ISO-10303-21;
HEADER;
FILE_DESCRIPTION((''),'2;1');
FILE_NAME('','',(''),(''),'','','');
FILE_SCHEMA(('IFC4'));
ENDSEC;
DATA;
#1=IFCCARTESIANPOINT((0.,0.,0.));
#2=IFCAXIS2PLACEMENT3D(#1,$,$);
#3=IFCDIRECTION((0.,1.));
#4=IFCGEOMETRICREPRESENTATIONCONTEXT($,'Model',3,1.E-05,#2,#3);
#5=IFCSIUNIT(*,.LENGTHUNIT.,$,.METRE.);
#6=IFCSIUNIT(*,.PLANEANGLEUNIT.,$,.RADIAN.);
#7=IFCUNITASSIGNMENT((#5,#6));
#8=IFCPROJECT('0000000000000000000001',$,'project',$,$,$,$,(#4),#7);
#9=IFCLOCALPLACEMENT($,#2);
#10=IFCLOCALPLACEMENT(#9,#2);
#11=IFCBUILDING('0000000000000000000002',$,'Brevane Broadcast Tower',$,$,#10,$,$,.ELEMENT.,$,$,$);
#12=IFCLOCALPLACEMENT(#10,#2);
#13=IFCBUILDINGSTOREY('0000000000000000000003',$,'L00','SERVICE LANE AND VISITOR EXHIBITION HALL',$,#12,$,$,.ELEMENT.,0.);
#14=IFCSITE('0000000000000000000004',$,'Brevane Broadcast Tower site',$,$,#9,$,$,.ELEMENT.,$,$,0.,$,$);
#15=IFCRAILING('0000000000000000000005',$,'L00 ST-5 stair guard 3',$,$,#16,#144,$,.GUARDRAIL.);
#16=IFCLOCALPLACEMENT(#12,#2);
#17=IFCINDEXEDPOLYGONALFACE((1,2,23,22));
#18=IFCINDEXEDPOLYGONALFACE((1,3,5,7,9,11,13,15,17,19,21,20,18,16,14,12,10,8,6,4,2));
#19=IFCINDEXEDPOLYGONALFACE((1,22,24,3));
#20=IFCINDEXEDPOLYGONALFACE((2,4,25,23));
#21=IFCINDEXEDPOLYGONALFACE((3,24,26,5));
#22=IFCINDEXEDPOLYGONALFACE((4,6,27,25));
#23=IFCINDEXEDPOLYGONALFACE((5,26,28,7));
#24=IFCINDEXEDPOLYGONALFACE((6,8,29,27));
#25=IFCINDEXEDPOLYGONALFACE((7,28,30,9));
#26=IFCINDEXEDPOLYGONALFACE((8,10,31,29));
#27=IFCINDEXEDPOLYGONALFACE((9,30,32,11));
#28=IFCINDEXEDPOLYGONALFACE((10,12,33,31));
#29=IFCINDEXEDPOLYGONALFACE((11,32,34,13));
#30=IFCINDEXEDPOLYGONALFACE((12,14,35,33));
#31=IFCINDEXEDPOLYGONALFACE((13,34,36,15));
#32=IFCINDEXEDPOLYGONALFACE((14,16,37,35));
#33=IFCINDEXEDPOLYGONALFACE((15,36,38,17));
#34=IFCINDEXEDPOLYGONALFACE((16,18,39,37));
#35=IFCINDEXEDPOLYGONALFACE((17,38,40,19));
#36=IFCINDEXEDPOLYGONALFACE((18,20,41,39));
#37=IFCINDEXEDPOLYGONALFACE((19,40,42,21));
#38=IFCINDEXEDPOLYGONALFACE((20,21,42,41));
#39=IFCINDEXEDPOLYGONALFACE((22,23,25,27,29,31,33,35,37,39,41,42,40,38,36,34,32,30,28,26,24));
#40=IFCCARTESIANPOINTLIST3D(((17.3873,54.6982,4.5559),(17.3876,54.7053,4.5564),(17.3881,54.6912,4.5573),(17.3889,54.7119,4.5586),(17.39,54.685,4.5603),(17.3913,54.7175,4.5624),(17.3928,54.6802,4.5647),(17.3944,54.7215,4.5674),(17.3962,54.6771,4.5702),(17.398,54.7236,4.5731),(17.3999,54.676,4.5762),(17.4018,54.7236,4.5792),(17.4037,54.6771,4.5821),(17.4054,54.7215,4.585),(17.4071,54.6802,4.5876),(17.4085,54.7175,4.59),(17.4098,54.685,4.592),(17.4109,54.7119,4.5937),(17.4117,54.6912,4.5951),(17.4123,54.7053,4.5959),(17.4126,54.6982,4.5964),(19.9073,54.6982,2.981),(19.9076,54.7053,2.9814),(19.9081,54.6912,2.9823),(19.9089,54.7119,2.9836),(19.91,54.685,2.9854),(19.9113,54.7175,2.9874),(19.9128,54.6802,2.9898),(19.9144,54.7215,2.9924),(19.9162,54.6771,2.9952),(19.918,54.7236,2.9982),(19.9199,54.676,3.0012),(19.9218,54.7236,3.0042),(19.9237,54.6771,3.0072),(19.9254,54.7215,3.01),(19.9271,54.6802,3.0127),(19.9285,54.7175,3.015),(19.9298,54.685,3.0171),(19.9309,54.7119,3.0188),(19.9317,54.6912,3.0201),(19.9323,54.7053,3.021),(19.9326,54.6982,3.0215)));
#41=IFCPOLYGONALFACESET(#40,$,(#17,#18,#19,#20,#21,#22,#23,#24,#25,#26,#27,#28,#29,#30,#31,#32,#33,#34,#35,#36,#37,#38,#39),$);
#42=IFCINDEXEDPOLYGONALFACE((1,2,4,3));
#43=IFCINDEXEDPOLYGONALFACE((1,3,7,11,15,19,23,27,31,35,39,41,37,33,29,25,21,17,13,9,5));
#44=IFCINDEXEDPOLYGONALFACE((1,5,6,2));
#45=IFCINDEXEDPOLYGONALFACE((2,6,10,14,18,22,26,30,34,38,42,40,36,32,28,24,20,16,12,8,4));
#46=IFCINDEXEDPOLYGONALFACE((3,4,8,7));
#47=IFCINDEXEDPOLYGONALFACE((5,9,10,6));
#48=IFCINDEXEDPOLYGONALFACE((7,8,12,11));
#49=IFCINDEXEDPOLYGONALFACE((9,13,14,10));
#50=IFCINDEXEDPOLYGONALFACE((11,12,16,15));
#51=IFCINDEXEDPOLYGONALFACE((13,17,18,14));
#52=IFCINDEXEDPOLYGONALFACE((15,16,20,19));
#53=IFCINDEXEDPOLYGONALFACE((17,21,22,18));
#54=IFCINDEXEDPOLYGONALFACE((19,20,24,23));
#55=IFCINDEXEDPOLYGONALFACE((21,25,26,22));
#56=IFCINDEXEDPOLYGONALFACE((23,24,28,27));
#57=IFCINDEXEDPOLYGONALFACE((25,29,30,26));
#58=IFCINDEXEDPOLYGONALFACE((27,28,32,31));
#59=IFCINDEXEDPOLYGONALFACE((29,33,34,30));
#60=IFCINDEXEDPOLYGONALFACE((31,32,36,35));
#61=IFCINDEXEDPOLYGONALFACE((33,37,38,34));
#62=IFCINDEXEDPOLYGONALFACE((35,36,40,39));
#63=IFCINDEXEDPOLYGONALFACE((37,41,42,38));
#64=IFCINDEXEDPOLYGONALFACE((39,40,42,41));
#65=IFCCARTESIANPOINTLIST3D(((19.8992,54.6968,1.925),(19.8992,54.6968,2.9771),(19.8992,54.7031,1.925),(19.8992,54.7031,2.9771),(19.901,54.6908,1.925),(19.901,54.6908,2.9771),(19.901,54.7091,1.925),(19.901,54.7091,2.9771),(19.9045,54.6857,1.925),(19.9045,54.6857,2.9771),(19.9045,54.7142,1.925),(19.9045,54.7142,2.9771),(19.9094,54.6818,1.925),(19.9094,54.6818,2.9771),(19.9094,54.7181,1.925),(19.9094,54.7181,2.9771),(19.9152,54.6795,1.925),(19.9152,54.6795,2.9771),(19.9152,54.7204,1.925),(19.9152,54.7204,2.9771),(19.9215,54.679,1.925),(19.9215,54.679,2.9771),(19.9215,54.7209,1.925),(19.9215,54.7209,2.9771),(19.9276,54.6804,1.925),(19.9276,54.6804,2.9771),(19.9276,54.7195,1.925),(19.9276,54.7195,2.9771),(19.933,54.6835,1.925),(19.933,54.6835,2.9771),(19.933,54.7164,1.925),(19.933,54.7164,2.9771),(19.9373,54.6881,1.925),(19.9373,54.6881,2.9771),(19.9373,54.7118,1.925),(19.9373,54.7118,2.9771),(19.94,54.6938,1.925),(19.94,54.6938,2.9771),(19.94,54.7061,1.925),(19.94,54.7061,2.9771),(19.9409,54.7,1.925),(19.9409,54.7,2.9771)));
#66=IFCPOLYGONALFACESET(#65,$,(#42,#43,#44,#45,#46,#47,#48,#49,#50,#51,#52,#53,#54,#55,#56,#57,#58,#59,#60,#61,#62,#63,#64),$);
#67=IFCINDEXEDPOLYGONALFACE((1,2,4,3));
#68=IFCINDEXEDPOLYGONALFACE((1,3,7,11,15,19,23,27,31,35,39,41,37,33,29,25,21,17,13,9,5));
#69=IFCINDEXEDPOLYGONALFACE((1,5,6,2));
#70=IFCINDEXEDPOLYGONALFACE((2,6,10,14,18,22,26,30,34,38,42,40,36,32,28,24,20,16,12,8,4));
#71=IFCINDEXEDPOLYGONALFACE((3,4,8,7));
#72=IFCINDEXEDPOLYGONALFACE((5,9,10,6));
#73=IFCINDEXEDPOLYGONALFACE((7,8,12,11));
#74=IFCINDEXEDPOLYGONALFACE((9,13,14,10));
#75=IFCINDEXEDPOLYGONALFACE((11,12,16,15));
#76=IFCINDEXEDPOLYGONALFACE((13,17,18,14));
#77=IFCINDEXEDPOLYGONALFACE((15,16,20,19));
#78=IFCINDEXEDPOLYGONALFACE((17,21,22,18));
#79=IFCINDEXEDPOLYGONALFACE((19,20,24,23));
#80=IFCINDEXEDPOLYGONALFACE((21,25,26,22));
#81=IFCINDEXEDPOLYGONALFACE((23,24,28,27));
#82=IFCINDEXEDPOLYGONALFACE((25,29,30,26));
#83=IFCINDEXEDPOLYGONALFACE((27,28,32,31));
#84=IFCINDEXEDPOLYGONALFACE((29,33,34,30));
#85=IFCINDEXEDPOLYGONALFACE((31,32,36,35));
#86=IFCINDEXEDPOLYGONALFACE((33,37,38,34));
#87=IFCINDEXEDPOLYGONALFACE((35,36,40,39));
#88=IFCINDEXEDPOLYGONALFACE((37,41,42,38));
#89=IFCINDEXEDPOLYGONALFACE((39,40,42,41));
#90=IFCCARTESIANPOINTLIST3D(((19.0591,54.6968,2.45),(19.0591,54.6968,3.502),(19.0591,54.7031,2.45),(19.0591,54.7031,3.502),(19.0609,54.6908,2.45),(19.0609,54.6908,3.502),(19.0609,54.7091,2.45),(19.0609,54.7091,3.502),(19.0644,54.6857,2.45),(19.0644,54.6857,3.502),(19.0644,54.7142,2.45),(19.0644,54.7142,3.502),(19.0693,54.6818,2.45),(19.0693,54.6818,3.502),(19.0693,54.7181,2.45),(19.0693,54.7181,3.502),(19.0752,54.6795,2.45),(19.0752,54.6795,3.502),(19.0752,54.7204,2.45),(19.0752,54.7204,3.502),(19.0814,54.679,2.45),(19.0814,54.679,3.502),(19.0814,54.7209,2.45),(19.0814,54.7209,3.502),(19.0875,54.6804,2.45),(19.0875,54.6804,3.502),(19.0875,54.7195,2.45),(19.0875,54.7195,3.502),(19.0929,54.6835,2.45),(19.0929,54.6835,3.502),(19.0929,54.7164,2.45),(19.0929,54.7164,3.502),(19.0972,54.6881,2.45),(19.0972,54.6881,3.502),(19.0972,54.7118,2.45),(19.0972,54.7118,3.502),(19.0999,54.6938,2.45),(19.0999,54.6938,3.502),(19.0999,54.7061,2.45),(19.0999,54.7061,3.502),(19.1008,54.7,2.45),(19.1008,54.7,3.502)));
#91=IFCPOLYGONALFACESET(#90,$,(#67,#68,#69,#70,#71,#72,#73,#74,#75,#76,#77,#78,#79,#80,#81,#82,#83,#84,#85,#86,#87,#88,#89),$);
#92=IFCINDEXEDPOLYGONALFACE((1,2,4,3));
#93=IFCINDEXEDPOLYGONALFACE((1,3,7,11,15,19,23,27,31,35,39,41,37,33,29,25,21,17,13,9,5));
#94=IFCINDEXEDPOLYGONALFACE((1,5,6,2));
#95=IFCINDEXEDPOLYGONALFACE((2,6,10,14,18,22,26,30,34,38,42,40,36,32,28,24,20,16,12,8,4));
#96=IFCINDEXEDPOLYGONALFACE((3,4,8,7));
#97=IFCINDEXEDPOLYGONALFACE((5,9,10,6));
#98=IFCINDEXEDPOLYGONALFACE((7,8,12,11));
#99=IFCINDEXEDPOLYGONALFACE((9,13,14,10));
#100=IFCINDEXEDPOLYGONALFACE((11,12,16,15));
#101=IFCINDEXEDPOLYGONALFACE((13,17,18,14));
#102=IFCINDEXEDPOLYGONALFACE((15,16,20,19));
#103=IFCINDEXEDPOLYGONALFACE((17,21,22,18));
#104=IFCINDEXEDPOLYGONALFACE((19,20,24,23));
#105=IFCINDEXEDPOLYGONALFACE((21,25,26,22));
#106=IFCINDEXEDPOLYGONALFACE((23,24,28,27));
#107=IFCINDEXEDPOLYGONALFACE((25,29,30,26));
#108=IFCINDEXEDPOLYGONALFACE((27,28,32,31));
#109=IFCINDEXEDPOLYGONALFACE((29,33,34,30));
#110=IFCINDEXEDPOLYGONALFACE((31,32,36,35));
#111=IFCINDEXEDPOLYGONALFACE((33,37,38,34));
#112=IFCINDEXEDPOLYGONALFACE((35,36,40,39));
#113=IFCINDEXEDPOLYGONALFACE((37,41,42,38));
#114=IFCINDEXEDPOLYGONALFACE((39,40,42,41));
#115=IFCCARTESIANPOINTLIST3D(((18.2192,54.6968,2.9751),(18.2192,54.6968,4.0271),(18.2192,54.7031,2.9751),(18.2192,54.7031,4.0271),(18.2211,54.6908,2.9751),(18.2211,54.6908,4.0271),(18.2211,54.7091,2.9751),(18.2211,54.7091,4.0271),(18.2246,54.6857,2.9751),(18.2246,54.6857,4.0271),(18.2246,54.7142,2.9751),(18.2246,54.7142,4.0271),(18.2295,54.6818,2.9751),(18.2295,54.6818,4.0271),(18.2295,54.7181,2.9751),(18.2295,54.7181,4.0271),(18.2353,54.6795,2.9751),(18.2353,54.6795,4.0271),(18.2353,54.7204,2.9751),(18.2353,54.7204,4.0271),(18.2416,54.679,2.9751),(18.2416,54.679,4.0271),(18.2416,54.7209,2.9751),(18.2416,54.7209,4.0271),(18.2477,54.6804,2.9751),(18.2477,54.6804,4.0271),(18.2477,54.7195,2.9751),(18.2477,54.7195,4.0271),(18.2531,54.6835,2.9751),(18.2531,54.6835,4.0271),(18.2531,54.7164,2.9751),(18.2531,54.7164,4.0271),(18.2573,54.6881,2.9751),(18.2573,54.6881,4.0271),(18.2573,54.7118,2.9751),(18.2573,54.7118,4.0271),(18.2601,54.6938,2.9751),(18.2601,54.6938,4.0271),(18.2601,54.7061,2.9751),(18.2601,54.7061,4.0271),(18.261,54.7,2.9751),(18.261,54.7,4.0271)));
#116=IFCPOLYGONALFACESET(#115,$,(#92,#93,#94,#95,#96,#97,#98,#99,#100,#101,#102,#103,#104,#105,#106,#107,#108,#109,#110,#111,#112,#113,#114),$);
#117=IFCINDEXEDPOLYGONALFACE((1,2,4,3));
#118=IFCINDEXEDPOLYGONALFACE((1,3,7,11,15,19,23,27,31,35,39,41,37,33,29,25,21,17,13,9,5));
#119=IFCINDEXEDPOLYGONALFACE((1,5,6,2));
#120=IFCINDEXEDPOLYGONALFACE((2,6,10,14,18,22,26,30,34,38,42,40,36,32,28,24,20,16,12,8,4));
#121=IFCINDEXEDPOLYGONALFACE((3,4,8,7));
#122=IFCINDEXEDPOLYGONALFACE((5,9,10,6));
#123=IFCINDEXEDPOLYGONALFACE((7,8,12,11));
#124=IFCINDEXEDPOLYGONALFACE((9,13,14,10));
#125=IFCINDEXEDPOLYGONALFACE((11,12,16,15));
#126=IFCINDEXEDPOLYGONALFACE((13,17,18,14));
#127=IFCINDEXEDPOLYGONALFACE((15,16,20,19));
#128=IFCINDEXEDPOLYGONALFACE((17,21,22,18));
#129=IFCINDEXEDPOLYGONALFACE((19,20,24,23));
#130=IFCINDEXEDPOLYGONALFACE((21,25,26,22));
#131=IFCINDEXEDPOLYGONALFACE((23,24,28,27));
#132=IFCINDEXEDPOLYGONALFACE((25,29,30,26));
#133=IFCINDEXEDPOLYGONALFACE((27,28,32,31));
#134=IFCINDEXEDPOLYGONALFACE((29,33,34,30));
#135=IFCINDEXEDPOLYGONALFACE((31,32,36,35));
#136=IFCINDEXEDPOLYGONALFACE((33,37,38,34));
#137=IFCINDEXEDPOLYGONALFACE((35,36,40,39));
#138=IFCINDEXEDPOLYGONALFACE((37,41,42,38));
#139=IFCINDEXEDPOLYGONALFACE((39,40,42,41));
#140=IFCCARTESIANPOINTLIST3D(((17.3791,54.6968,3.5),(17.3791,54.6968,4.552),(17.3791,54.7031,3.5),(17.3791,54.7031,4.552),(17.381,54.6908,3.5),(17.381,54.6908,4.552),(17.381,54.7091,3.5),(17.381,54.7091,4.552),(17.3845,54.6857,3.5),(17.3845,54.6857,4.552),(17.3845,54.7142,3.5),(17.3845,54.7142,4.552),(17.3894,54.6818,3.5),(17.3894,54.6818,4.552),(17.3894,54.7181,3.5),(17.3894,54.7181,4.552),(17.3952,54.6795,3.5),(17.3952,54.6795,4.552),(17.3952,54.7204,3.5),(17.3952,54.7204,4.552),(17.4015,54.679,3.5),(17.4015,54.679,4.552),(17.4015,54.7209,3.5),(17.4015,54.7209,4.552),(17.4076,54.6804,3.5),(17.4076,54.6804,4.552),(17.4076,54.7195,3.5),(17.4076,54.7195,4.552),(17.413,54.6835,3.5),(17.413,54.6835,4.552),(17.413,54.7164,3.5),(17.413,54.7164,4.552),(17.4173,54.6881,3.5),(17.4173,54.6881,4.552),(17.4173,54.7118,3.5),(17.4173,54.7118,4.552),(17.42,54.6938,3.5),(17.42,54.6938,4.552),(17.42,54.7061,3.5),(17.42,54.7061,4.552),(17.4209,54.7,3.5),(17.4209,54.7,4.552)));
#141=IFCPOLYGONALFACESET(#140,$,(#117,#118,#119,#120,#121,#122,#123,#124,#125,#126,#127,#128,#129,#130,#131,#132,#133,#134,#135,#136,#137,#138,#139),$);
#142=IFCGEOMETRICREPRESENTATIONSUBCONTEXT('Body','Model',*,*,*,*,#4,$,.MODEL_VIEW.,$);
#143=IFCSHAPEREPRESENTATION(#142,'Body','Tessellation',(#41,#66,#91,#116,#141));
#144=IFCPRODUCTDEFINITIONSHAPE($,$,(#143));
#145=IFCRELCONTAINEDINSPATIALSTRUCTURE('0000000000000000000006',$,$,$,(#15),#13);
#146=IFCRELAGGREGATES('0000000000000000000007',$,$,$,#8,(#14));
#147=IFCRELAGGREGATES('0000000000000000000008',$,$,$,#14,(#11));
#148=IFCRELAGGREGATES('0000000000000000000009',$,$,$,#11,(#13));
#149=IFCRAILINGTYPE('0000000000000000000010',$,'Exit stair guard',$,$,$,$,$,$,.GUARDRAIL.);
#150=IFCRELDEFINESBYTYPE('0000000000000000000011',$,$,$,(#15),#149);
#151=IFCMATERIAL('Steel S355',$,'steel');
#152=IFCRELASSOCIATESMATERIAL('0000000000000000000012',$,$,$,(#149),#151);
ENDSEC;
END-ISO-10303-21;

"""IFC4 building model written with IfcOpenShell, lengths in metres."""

from ifc_helpers import new_model, si_unit, direction, frame, origin, origin_2d, place, context, subcontext, project, spatial, circle, extrude, material, type_object, element, save


model = new_model("IFC4")

# Units and contexts
model_context = context("Model", 3, precision=1e-05, world=origin(), true_north=direction((0.0, 1.0)))
body_context = subcontext(model_context, "Body", "Model", "MODEL_VIEW")
ifc_project = project(units=[si_unit("LENGTHUNIT", "METRE"), si_unit("PLANEANGLEUNIT", "RADIAN")], contexts=[model_context])

# Site, building, storey
site_placement = place(None, origin())
site = spatial("IfcSite", under=ifc_project, at=site_placement, Name="Brevane Broadcast Tower site", CompositionType="ELEMENT", RefElevation=0.0)
building_placement = place(site_placement, origin())
building = spatial("IfcBuilding", under=site, at=building_placement, Name="Brevane Broadcast Tower", CompositionType="ELEMENT")
storey_placement = place(building_placement, origin())
storey = spatial("IfcBuildingStorey", under=building, at=storey_placement, Name="L00", Description="SERVICE LANE AND VISITOR EXHIBITION HALL", CompositionType="ELEMENT", Elevation=0.0)

# Railing
ifc_material_1 = material(Name="Steel S355", Category="steel")
railing_type_1 = type_object("IfcRailingType", Name="Exit stair guard", PredefinedType="GUARDRAIL", material=ifc_material_1)
railing_1_placement = place(storey_placement, frame((19.9199, 54.7, 1.925)))
element("IfcRailing", 1, at=railing_1_placement, inside=storey, type_object=railing_type_1, Name="L00 ST-5 stair guard 3", PredefinedType="GUARDRAIL", context=body_context, shape_type="SweptSolid", body=[
    extrude(circle(Radius=0.0239, at=origin_2d()), frame((0.0, 0.0, 1.0762), z_axis=(-0.848008, 0.0, 0.529984), x_axis=(0.0, -1.0, 0.0)), (0.0, 0.0, 1.0), 2.9717),
    extrude(circle(Radius=0.021, at=origin_2d()), origin(), (0.0, 0.0, 1.0), 1.052),
    extrude(circle(Radius=0.021, at=origin_2d()), frame((-0.8401, 0.0, 0.5249)), (0.0, 0.0, 1.0), 1.052),
    extrude(circle(Radius=0.021, at=origin_2d()), frame((-1.6799, 0.0, 1.05)), (0.0, 0.0, 1.0), 1.052),
    extrude(circle(Radius=0.021, at=origin_2d()), frame((-2.52, 0.0, 1.575)), (0.0, 0.0, 1.0), 1.052),
])

save(model, "model.ifc")
